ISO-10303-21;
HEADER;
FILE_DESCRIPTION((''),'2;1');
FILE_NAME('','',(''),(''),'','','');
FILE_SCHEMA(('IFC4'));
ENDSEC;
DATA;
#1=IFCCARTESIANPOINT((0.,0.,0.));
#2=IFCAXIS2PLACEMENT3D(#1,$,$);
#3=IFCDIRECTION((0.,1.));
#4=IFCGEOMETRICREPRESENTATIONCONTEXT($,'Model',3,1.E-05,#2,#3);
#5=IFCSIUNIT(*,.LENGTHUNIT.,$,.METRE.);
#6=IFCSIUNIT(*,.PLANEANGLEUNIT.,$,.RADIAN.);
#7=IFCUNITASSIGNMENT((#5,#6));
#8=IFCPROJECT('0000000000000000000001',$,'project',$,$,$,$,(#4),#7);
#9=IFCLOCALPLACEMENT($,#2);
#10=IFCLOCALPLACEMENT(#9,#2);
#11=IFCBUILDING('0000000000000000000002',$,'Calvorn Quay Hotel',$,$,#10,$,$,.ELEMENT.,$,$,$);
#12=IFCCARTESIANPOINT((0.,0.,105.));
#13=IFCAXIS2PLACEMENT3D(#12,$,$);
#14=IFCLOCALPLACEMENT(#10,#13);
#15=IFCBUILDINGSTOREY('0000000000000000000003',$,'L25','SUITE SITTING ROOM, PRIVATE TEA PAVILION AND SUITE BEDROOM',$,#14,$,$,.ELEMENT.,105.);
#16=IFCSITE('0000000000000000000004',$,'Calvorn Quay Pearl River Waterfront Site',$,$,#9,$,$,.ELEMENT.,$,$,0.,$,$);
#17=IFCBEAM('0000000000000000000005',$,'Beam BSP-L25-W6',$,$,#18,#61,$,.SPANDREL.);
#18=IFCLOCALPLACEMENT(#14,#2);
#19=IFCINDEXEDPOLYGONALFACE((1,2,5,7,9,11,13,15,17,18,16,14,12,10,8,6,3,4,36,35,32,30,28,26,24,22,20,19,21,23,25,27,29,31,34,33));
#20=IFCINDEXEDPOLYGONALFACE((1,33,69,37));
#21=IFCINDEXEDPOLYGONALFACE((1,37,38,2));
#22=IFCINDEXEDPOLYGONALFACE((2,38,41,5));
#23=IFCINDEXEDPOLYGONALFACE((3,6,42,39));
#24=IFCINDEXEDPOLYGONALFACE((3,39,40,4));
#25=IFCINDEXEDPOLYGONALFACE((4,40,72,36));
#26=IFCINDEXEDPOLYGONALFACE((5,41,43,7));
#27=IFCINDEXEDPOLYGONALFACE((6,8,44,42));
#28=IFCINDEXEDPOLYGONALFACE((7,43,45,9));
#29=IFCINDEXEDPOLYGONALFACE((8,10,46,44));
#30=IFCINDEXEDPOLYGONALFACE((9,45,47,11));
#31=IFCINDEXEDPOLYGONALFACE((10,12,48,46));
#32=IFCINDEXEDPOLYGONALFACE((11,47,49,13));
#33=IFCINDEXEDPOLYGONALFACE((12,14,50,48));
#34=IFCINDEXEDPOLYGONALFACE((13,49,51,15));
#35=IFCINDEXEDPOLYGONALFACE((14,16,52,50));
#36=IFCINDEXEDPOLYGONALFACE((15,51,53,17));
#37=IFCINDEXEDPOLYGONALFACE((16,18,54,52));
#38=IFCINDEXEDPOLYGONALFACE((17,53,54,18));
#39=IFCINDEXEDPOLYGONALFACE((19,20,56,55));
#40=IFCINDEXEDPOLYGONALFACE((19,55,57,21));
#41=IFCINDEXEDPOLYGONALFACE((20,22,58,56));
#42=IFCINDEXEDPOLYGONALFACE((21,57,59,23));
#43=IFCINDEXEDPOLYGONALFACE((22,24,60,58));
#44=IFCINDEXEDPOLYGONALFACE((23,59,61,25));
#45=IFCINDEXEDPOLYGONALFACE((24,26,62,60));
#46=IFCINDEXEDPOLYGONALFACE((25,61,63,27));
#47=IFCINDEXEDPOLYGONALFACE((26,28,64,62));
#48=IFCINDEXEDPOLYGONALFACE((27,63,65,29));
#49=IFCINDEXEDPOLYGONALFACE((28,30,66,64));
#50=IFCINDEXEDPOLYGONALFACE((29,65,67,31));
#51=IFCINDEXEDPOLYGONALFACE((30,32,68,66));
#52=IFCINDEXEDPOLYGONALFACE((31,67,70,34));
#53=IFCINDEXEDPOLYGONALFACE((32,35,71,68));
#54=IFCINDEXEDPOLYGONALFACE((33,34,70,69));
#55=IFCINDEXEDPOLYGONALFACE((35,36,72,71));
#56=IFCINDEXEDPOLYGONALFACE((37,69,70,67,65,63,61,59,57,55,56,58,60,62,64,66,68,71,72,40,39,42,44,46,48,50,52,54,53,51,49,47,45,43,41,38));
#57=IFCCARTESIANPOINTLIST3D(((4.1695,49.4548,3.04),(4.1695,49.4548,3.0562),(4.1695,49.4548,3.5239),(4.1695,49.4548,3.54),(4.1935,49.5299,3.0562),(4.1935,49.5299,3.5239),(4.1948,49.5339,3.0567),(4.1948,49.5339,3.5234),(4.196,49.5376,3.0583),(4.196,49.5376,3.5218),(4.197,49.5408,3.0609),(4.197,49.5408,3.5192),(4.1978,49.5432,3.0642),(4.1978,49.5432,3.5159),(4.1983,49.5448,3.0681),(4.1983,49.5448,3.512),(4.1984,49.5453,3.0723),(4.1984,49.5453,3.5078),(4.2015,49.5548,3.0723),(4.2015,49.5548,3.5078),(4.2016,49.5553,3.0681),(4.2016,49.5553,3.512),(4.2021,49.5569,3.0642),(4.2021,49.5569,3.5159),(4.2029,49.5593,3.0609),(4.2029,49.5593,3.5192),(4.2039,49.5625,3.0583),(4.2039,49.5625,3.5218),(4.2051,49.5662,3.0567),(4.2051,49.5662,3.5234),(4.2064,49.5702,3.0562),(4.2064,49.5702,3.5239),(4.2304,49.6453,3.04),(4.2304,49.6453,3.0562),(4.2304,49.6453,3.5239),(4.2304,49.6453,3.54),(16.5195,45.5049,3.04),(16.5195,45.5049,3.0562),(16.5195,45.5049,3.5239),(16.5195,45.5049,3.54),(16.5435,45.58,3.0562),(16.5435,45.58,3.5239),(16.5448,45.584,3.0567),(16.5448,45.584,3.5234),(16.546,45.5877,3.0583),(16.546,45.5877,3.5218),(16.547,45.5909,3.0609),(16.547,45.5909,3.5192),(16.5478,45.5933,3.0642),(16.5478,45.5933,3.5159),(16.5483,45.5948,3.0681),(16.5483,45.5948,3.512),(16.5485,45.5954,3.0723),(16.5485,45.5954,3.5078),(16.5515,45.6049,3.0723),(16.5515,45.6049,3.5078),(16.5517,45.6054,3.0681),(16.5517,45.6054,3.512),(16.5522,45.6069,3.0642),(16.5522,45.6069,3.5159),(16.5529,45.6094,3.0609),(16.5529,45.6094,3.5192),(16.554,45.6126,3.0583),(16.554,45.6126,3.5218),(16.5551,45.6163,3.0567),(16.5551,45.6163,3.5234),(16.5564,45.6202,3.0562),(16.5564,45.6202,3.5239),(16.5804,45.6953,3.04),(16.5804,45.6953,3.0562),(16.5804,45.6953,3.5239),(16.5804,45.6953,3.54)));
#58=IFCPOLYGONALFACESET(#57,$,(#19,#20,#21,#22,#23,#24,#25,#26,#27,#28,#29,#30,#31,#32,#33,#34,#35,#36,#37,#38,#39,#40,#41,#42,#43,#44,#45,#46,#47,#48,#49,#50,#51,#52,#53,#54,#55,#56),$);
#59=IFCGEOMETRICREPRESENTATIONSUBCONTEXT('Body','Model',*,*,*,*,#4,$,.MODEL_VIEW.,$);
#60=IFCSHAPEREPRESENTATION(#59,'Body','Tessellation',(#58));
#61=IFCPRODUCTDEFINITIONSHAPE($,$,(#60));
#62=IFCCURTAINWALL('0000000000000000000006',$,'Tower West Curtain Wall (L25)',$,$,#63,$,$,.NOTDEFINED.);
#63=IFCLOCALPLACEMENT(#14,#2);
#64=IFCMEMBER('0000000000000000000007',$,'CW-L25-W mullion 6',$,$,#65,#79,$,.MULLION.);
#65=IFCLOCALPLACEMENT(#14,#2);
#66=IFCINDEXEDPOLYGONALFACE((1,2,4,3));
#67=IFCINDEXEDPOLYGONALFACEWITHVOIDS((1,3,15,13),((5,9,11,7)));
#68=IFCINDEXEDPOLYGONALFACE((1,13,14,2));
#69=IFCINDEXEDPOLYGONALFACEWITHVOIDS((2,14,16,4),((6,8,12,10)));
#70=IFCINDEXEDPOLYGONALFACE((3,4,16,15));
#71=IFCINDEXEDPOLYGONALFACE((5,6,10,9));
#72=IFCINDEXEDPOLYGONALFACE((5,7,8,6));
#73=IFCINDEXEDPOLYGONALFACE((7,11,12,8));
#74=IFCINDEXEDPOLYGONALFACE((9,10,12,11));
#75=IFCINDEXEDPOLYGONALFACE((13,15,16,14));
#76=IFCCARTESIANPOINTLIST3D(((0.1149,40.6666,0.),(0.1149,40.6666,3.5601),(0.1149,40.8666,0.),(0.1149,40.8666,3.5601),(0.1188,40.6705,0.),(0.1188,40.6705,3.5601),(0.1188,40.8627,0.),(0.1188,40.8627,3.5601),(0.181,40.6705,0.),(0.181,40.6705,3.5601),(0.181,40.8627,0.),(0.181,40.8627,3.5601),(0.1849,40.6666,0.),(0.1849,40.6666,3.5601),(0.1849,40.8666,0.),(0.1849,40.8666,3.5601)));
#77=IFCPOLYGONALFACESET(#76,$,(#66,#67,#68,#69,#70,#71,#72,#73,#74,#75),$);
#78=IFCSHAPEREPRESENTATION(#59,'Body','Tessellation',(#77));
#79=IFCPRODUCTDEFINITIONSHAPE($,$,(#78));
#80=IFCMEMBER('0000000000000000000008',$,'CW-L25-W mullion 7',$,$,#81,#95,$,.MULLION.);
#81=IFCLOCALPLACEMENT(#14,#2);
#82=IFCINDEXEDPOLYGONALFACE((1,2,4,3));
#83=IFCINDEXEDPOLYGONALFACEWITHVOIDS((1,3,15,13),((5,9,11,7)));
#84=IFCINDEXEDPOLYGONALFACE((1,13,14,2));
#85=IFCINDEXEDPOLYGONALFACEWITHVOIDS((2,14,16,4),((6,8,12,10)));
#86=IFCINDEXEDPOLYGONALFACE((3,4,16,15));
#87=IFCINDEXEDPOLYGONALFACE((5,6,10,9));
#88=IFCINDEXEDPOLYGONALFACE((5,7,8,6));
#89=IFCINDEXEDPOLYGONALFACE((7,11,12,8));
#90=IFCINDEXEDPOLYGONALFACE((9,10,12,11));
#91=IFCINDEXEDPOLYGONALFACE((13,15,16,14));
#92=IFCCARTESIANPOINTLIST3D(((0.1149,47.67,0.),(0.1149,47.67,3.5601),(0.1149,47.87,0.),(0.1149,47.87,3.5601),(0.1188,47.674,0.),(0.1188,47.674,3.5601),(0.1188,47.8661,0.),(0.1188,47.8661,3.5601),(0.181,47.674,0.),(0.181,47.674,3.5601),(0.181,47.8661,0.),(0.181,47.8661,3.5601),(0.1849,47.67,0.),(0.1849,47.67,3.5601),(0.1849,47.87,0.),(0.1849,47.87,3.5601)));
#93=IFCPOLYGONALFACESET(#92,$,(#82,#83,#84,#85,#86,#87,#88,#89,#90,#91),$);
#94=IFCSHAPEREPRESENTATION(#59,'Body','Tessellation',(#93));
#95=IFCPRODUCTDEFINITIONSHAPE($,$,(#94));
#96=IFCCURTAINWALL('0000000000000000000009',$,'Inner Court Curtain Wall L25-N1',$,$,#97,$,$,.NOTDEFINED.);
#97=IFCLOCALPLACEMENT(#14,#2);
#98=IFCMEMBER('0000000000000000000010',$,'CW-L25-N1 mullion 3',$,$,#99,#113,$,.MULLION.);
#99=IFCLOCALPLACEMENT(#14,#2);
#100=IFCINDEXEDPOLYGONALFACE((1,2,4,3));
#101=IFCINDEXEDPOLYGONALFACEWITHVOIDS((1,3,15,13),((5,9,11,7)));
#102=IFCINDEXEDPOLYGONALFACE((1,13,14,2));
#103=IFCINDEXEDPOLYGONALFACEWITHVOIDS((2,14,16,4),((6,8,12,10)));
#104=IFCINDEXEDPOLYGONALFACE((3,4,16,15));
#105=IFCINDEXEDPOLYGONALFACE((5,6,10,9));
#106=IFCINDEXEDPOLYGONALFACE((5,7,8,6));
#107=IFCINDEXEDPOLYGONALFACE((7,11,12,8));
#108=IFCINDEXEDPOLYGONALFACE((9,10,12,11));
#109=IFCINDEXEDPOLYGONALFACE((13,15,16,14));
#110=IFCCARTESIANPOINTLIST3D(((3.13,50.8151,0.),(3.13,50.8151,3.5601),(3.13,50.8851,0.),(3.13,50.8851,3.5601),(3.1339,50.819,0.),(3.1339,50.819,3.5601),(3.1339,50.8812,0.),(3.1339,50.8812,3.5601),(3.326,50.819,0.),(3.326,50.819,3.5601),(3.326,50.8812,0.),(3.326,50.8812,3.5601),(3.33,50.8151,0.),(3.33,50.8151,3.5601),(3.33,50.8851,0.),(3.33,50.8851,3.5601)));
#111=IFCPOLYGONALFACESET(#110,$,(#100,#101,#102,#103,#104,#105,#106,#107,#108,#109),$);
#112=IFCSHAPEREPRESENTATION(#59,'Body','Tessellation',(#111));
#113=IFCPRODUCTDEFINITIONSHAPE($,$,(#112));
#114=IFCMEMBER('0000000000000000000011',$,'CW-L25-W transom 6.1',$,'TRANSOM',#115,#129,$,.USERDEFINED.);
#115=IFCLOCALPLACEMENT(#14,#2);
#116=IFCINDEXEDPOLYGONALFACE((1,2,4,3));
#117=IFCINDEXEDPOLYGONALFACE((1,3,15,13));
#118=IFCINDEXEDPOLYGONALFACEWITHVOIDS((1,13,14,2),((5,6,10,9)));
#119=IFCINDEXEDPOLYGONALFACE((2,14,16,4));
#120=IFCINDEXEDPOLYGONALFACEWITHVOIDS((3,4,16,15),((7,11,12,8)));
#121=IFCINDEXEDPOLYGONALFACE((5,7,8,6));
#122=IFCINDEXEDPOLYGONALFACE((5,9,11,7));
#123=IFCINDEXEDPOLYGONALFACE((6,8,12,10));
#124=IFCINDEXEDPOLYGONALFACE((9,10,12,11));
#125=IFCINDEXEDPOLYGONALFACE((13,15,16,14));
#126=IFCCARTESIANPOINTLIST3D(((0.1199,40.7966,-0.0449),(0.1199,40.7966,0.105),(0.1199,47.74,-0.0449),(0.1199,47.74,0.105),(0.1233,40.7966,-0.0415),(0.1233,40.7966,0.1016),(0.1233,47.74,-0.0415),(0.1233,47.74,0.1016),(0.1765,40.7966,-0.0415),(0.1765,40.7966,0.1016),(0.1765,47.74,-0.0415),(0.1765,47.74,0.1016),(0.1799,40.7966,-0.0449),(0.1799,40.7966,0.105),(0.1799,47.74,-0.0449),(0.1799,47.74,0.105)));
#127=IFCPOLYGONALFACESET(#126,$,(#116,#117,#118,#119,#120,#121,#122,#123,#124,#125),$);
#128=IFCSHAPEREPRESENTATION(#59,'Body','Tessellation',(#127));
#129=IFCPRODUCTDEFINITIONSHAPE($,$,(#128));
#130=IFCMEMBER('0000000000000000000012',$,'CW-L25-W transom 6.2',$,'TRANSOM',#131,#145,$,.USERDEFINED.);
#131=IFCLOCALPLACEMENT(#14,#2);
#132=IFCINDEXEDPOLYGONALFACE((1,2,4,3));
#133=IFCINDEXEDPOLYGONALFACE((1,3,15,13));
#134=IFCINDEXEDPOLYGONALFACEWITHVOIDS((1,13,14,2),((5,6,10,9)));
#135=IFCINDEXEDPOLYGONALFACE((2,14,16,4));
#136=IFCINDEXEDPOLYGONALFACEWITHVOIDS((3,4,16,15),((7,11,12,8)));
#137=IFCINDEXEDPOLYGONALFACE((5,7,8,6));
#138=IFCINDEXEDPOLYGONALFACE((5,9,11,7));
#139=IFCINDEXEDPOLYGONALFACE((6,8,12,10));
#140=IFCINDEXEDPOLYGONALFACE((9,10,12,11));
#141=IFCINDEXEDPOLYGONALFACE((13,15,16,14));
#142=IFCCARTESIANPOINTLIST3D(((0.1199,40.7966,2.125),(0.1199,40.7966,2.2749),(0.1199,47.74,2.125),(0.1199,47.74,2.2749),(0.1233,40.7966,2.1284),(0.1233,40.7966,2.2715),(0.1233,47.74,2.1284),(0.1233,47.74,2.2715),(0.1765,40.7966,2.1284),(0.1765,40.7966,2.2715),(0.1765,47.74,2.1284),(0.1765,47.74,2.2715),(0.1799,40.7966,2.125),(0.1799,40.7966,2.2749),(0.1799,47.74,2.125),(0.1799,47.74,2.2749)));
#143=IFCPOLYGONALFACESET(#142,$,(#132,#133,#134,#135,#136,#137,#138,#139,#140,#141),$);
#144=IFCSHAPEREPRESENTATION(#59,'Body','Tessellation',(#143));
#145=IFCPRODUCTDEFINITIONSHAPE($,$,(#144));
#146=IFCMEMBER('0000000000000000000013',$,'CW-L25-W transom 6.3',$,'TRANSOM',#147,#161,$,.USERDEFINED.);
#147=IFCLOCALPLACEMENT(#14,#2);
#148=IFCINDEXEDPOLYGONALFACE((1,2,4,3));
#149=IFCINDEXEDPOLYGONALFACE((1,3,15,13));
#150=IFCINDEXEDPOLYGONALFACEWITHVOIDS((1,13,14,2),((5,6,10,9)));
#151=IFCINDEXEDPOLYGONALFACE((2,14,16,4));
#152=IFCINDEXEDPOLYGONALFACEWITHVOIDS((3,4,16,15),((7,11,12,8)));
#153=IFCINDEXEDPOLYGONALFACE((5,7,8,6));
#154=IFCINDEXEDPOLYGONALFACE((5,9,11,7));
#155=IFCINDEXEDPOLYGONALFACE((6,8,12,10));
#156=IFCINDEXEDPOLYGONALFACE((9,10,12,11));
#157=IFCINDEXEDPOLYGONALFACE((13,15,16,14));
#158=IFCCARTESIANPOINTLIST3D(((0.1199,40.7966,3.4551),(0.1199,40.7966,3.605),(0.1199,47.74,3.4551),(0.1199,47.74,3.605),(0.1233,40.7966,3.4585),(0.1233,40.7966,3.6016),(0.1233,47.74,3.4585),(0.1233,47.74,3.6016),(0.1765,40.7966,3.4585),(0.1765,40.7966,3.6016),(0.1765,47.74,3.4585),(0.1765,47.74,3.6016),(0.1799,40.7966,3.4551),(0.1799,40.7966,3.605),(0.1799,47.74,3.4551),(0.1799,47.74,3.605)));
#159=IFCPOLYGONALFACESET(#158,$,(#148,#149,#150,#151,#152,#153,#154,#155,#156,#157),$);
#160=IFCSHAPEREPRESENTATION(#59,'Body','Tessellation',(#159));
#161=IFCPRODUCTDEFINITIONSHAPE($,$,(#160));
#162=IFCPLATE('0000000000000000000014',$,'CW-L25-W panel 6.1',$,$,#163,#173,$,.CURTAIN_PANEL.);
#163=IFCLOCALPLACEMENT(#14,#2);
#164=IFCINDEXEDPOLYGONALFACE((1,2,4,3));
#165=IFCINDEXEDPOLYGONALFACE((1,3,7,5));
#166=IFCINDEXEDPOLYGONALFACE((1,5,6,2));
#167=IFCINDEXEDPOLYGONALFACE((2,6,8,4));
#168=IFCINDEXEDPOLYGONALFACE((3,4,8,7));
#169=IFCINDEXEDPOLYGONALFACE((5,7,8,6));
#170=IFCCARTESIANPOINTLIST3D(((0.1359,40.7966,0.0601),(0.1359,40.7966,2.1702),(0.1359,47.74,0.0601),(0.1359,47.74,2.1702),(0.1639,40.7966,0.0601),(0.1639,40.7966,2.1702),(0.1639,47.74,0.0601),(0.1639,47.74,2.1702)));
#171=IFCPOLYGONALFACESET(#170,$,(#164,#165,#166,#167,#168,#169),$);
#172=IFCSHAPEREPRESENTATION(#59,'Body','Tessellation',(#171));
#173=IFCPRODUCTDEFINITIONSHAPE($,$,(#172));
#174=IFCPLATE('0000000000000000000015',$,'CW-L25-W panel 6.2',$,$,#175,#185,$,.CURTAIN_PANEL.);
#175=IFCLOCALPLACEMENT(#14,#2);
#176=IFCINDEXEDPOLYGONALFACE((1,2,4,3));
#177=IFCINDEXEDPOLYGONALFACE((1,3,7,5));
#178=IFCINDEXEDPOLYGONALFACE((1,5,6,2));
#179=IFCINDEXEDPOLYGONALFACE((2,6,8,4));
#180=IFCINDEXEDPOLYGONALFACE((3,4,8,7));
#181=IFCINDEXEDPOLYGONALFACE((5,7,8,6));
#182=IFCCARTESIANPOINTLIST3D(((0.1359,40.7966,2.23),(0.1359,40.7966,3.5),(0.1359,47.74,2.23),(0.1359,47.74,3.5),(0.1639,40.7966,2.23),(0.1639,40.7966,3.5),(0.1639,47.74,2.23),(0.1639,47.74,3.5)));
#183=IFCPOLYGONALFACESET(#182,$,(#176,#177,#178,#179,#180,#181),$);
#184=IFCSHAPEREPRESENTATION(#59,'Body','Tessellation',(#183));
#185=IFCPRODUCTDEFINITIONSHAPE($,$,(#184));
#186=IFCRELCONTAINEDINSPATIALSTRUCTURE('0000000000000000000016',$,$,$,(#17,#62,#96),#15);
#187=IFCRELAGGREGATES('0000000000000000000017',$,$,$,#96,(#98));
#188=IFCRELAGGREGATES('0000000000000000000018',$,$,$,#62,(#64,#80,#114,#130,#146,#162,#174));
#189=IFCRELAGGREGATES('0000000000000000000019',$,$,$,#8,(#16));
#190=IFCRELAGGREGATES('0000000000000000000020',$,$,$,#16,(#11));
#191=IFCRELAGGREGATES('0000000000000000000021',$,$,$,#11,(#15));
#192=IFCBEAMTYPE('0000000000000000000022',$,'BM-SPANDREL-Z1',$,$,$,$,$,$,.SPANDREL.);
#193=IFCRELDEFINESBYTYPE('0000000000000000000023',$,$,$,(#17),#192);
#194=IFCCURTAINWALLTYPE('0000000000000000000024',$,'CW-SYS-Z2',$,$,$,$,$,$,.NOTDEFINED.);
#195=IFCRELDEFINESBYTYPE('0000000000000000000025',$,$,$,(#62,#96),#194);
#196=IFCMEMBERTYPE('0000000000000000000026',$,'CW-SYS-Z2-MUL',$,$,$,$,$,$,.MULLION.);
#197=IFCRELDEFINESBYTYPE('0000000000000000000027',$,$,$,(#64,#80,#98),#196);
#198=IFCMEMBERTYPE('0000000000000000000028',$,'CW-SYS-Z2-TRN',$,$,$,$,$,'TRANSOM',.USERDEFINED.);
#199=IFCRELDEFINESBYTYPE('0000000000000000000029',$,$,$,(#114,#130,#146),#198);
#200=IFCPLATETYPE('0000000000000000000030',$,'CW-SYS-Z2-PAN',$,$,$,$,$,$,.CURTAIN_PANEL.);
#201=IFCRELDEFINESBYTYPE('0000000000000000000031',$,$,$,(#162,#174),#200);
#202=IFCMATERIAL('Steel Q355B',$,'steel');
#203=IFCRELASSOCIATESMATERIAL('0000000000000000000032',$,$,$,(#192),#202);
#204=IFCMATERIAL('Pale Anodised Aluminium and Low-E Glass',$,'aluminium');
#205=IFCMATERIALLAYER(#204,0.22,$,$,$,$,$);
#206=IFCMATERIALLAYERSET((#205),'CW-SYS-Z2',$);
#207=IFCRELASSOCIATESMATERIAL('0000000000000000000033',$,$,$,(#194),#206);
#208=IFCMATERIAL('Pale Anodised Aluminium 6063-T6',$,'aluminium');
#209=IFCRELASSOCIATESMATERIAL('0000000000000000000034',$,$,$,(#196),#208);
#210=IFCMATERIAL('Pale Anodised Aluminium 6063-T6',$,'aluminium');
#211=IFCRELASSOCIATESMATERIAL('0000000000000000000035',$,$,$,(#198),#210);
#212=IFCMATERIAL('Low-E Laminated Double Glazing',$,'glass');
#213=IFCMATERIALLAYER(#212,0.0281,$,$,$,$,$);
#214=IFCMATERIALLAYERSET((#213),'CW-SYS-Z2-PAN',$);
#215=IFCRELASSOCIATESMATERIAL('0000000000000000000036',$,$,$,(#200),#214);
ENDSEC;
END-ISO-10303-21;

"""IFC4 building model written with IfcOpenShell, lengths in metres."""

from ifc_helpers import new_model, si_unit, direction, frame, origin, origin_2d, place, context, subcontext, project, spatial, rectangle, hollow_rectangle, i_section, extrude, material, layer, layer_set, material_profile, profile_set, type_object, element, aggregate, save


model = new_model("IFC4")

# Units and contexts
model_context = context("Model", 3, precision=1e-05, world=origin(), true_north=direction((0.0, 1.0)))
body_context = subcontext(model_context, "Body", "Model", "MODEL_VIEW")
ifc_project = project(units=[si_unit("LENGTHUNIT", "METRE"), si_unit("PLANEANGLEUNIT", "RADIAN")], contexts=[model_context])

# Site, building, storey
site_placement = place(None, origin())
site = spatial("IfcSite", under=ifc_project, at=site_placement, Name="Calvorn Quay Pearl River Waterfront Site", CompositionType="ELEMENT", RefElevation=0.0)
building_placement = place(site_placement, origin())
building = spatial("IfcBuilding", under=site, at=building_placement, Name="Calvorn Quay Hotel", CompositionType="ELEMENT")
storey_placement = place(building_placement, frame((0.0, 0.0, 105.0)))
storey = spatial("IfcBuildingStorey", under=building, at=storey_placement, Name="L25", Description="SUITE SITTING ROOM, PRIVATE TEA PAVILION AND SUITE BEDROOM", CompositionType="ELEMENT", Elevation=105.0)

# Beam
ifc_material_1 = material(Name="Steel Q355B", Category="steel")
ifc_material_profile_1 = material_profile(ifc_material_1, i_section(OverallWidth=0.2, OverallDepth=0.5, WebThickness=0.01, FlangeThickness=0.0161, FilletRadius=0.0161, at=origin_2d()), Name="HN500x200x10x16")
ifc_profile_set_1 = profile_set([ifc_material_profile_1], Name="Steel Q355B")
beam_type_1 = type_object("IfcBeamType", Name="BM-SPANDREL-Z1", PredefinedType="SPANDREL", material=ifc_profile_set_1)
beam_1_placement = place(storey_placement, frame((4.2, 49.55, 3.29), z_axis=(0.952471, -0.30463, 0.0), x_axis=(0.30463, 0.952471, 0.0)))
element("IfcBeam", 1, at=beam_1_placement, inside=storey, type_object=beam_type_1, Name="Beam BSP-L25-W6", PredefinedType="SPANDREL", context=body_context, shape_type="SweptSolid", body=[
    extrude(i_section(OverallWidth=0.2, OverallDepth=0.5, WebThickness=0.01, FlangeThickness=0.0161, FilletRadius=0.0161, at=origin_2d()), origin(), (0.0, 0.0, 1.0), 12.9663),
])

# Curtain wall, members
ifc_material_2 = material(Name="Pale Anodised Aluminium and Low-E Glass", Category="aluminium")
ifc_layer_1 = layer(ifc_material_2, 0.22)
ifc_layer_set_1 = layer_set([ifc_layer_1], Name="CW-SYS-Z2")
curtain_wall_type = type_object("IfcCurtainWallType", Name="CW-SYS-Z2", PredefinedType="NOTDEFINED", material=ifc_layer_set_1)
curtain_wall_1_placement = place(storey_placement, origin())
curtain_wall_1 = element("IfcCurtainWall", 2, at=curtain_wall_1_placement, inside=storey, type_object=curtain_wall_type, Name="Tower West Curtain Wall (L25)", PredefinedType="NOTDEFINED")
ifc_material_3 = material(Name="Pale Anodised Aluminium 6063-T6", Category="aluminium")
ifc_material_profile_2 = material_profile(ifc_material_3, hollow_rectangle(XDim=0.0701, YDim=0.2, WallThickness=0.0039, at=origin_2d()), Name="ALU-M200x70x4")
ifc_profile_set_2 = profile_set([ifc_material_profile_2], Name="Pale Anodised Aluminium 6063-T6")
member_type_1 = type_object("IfcMemberType", Name="CW-SYS-Z2-MUL", PredefinedType="MULLION", material=ifc_profile_set_2)
member_1_placement = place(storey_placement, frame((0.1499, 40.7666, 0.0), z_axis=(0.0, 0.0, 1.0), x_axis=(-1.0, 0.0, 0.0)))
member_1 = element("IfcMember", 3, at=member_1_placement, type_object=member_type_1, Name="CW-L25-W mullion 6", PredefinedType="MULLION", context=body_context, shape_type="SweptSolid", body=[
    extrude(hollow_rectangle(XDim=0.0701, YDim=0.2, WallThickness=0.0039, at=origin_2d()), origin(), (0.0, 0.0, 1.0), 3.5601),
])
member_2_placement = place(storey_placement, frame((0.1499, 47.77, 0.0), z_axis=(0.0, 0.0, 1.0), x_axis=(-1.0, 0.0, 0.0)))
member_2 = element("IfcMember", 4, at=member_2_placement, type_object=member_type_1, Name="CW-L25-W mullion 7", PredefinedType="MULLION", context=body_context, shape_type="SweptSolid", body=[
    extrude(hollow_rectangle(XDim=0.0701, YDim=0.2, WallThickness=0.0039, at=origin_2d()), origin(), (0.0, 0.0, 1.0), 3.5601),
])

# Curtain wall, member
curtain_wall_2_placement = place(storey_placement, origin())
curtain_wall_2 = element("IfcCurtainWall", 5, at=curtain_wall_2_placement, inside=storey, type_object=curtain_wall_type, Name="Inner Court Curtain Wall L25-N1", PredefinedType="NOTDEFINED")
member_3_placement = place(storey_placement, frame((3.23, 50.8501, 0.0), z_axis=(0.0, 0.0, 1.0), x_axis=(0.0, -1.0, 0.0)))
member_3 = element("IfcMember", 6, at=member_3_placement, type_object=member_type_1, Name="CW-L25-N1 mullion 3", PredefinedType="MULLION", context=body_context, shape_type="SweptSolid", body=[
    extrude(hollow_rectangle(XDim=0.0701, YDim=0.2, WallThickness=0.0039, at=origin_2d()), origin(), (0.0, 0.0, 1.0), 3.5601),
])
aggregate(curtain_wall_2, [member_3])

# Members
ifc_material_4 = material(Name="Pale Anodised Aluminium 6063-T6", Category="aluminium")
ifc_material_profile_3 = material_profile(ifc_material_4, hollow_rectangle(XDim=0.0601, YDim=0.1499, WallThickness=0.0034, at=origin_2d()), Name="ALU-T150x60x3.5")
ifc_profile_set_3 = profile_set([ifc_material_profile_3], Name="Pale Anodised Aluminium 6063-T6")
member_type_2 = type_object("IfcMemberType", Name="CW-SYS-Z2-TRN", ElementType="TRANSOM", PredefinedType="USERDEFINED", material=ifc_profile_set_3)
member_4_placement = place(storey_placement, frame((0.1499, 40.7966, 0.03), z_axis=(0.0, 1.0, 0.0), x_axis=(-1.0, 0.0, 0.0)))
member_4 = element("IfcMember", 7, at=member_4_placement, type_object=member_type_2, Name="CW-L25-W transom 6.1", ObjectType="TRANSOM", PredefinedType="USERDEFINED", context=body_context, shape_type="SweptSolid", body=[
    extrude(hollow_rectangle(XDim=0.0601, YDim=0.1499, WallThickness=0.0034, at=origin_2d()), origin(), (0.0, 0.0, 1.0), 6.9434),
])
member_5_placement = place(storey_placement, frame((0.1499, 40.7966, 2.2), z_axis=(0.0, 1.0, 0.0), x_axis=(-1.0, 0.0, 0.0)))
member_5 = element("IfcMember", 8, at=member_5_placement, type_object=member_type_2, Name="CW-L25-W transom 6.2", ObjectType="TRANSOM", PredefinedType="USERDEFINED", context=body_context, shape_type="SweptSolid", body=[
    extrude(hollow_rectangle(XDim=0.0601, YDim=0.1499, WallThickness=0.0034, at=origin_2d()), origin(), (0.0, 0.0, 1.0), 6.9434),
])
member_6_placement = place(storey_placement, frame((0.1499, 40.7966, 3.53), z_axis=(0.0, 1.0, 0.0), x_axis=(-1.0, 0.0, 0.0)))
member_6 = element("IfcMember", 9, at=member_6_placement, type_object=member_type_2, Name="CW-L25-W transom 6.3", ObjectType="TRANSOM", PredefinedType="USERDEFINED", context=body_context, shape_type="SweptSolid", body=[
    extrude(hollow_rectangle(XDim=0.0601, YDim=0.1499, WallThickness=0.0034, at=origin_2d()), origin(), (0.0, 0.0, 1.0), 6.9434),
])

# Plates
ifc_material_5 = material(Name="Low-E Laminated Double Glazing", Category="glass")
ifc_layer_2 = layer(ifc_material_5, 0.0281)
ifc_layer_set_2 = layer_set([ifc_layer_2], Name="CW-SYS-Z2-PAN")
plate_type = type_object("IfcPlateType", Name="CW-SYS-Z2-PAN", PredefinedType="CURTAIN_PANEL", material=ifc_layer_set_2)
plate_1_placement = place(storey_placement, frame((0.1499, 44.2683, 0.0601), z_axis=(0.0, 0.0, 1.0), x_axis=(0.0, 1.0, 0.0)))
plate_1 = element("IfcPlate", 10, at=plate_1_placement, type_object=plate_type, Name="CW-L25-W panel 6.1", PredefinedType="CURTAIN_PANEL", context=body_context, shape_type="SweptSolid", body=[
    extrude(rectangle(XDim=6.9434, YDim=0.0281, at=origin_2d()), origin(), (0.0, 0.0, 1.0), 2.1101),
])
plate_2_placement = place(storey_placement, frame((0.1499, 44.2683, 2.23), z_axis=(0.0, 0.0, 1.0), x_axis=(0.0, 1.0, 0.0)))
plate_2 = element("IfcPlate", 11, at=plate_2_placement, type_object=plate_type, Name="CW-L25-W panel 6.2", PredefinedType="CURTAIN_PANEL", context=body_context, shape_type="SweptSolid", body=[
    extrude(rectangle(XDim=6.9434, YDim=0.0281, at=origin_2d()), origin(), (0.0, 0.0, 1.0), 1.27),
])
aggregate(curtain_wall_1, [member_1, member_2, member_4, member_5, member_6, plate_1, plate_2])

save(model, "model.ifc")
